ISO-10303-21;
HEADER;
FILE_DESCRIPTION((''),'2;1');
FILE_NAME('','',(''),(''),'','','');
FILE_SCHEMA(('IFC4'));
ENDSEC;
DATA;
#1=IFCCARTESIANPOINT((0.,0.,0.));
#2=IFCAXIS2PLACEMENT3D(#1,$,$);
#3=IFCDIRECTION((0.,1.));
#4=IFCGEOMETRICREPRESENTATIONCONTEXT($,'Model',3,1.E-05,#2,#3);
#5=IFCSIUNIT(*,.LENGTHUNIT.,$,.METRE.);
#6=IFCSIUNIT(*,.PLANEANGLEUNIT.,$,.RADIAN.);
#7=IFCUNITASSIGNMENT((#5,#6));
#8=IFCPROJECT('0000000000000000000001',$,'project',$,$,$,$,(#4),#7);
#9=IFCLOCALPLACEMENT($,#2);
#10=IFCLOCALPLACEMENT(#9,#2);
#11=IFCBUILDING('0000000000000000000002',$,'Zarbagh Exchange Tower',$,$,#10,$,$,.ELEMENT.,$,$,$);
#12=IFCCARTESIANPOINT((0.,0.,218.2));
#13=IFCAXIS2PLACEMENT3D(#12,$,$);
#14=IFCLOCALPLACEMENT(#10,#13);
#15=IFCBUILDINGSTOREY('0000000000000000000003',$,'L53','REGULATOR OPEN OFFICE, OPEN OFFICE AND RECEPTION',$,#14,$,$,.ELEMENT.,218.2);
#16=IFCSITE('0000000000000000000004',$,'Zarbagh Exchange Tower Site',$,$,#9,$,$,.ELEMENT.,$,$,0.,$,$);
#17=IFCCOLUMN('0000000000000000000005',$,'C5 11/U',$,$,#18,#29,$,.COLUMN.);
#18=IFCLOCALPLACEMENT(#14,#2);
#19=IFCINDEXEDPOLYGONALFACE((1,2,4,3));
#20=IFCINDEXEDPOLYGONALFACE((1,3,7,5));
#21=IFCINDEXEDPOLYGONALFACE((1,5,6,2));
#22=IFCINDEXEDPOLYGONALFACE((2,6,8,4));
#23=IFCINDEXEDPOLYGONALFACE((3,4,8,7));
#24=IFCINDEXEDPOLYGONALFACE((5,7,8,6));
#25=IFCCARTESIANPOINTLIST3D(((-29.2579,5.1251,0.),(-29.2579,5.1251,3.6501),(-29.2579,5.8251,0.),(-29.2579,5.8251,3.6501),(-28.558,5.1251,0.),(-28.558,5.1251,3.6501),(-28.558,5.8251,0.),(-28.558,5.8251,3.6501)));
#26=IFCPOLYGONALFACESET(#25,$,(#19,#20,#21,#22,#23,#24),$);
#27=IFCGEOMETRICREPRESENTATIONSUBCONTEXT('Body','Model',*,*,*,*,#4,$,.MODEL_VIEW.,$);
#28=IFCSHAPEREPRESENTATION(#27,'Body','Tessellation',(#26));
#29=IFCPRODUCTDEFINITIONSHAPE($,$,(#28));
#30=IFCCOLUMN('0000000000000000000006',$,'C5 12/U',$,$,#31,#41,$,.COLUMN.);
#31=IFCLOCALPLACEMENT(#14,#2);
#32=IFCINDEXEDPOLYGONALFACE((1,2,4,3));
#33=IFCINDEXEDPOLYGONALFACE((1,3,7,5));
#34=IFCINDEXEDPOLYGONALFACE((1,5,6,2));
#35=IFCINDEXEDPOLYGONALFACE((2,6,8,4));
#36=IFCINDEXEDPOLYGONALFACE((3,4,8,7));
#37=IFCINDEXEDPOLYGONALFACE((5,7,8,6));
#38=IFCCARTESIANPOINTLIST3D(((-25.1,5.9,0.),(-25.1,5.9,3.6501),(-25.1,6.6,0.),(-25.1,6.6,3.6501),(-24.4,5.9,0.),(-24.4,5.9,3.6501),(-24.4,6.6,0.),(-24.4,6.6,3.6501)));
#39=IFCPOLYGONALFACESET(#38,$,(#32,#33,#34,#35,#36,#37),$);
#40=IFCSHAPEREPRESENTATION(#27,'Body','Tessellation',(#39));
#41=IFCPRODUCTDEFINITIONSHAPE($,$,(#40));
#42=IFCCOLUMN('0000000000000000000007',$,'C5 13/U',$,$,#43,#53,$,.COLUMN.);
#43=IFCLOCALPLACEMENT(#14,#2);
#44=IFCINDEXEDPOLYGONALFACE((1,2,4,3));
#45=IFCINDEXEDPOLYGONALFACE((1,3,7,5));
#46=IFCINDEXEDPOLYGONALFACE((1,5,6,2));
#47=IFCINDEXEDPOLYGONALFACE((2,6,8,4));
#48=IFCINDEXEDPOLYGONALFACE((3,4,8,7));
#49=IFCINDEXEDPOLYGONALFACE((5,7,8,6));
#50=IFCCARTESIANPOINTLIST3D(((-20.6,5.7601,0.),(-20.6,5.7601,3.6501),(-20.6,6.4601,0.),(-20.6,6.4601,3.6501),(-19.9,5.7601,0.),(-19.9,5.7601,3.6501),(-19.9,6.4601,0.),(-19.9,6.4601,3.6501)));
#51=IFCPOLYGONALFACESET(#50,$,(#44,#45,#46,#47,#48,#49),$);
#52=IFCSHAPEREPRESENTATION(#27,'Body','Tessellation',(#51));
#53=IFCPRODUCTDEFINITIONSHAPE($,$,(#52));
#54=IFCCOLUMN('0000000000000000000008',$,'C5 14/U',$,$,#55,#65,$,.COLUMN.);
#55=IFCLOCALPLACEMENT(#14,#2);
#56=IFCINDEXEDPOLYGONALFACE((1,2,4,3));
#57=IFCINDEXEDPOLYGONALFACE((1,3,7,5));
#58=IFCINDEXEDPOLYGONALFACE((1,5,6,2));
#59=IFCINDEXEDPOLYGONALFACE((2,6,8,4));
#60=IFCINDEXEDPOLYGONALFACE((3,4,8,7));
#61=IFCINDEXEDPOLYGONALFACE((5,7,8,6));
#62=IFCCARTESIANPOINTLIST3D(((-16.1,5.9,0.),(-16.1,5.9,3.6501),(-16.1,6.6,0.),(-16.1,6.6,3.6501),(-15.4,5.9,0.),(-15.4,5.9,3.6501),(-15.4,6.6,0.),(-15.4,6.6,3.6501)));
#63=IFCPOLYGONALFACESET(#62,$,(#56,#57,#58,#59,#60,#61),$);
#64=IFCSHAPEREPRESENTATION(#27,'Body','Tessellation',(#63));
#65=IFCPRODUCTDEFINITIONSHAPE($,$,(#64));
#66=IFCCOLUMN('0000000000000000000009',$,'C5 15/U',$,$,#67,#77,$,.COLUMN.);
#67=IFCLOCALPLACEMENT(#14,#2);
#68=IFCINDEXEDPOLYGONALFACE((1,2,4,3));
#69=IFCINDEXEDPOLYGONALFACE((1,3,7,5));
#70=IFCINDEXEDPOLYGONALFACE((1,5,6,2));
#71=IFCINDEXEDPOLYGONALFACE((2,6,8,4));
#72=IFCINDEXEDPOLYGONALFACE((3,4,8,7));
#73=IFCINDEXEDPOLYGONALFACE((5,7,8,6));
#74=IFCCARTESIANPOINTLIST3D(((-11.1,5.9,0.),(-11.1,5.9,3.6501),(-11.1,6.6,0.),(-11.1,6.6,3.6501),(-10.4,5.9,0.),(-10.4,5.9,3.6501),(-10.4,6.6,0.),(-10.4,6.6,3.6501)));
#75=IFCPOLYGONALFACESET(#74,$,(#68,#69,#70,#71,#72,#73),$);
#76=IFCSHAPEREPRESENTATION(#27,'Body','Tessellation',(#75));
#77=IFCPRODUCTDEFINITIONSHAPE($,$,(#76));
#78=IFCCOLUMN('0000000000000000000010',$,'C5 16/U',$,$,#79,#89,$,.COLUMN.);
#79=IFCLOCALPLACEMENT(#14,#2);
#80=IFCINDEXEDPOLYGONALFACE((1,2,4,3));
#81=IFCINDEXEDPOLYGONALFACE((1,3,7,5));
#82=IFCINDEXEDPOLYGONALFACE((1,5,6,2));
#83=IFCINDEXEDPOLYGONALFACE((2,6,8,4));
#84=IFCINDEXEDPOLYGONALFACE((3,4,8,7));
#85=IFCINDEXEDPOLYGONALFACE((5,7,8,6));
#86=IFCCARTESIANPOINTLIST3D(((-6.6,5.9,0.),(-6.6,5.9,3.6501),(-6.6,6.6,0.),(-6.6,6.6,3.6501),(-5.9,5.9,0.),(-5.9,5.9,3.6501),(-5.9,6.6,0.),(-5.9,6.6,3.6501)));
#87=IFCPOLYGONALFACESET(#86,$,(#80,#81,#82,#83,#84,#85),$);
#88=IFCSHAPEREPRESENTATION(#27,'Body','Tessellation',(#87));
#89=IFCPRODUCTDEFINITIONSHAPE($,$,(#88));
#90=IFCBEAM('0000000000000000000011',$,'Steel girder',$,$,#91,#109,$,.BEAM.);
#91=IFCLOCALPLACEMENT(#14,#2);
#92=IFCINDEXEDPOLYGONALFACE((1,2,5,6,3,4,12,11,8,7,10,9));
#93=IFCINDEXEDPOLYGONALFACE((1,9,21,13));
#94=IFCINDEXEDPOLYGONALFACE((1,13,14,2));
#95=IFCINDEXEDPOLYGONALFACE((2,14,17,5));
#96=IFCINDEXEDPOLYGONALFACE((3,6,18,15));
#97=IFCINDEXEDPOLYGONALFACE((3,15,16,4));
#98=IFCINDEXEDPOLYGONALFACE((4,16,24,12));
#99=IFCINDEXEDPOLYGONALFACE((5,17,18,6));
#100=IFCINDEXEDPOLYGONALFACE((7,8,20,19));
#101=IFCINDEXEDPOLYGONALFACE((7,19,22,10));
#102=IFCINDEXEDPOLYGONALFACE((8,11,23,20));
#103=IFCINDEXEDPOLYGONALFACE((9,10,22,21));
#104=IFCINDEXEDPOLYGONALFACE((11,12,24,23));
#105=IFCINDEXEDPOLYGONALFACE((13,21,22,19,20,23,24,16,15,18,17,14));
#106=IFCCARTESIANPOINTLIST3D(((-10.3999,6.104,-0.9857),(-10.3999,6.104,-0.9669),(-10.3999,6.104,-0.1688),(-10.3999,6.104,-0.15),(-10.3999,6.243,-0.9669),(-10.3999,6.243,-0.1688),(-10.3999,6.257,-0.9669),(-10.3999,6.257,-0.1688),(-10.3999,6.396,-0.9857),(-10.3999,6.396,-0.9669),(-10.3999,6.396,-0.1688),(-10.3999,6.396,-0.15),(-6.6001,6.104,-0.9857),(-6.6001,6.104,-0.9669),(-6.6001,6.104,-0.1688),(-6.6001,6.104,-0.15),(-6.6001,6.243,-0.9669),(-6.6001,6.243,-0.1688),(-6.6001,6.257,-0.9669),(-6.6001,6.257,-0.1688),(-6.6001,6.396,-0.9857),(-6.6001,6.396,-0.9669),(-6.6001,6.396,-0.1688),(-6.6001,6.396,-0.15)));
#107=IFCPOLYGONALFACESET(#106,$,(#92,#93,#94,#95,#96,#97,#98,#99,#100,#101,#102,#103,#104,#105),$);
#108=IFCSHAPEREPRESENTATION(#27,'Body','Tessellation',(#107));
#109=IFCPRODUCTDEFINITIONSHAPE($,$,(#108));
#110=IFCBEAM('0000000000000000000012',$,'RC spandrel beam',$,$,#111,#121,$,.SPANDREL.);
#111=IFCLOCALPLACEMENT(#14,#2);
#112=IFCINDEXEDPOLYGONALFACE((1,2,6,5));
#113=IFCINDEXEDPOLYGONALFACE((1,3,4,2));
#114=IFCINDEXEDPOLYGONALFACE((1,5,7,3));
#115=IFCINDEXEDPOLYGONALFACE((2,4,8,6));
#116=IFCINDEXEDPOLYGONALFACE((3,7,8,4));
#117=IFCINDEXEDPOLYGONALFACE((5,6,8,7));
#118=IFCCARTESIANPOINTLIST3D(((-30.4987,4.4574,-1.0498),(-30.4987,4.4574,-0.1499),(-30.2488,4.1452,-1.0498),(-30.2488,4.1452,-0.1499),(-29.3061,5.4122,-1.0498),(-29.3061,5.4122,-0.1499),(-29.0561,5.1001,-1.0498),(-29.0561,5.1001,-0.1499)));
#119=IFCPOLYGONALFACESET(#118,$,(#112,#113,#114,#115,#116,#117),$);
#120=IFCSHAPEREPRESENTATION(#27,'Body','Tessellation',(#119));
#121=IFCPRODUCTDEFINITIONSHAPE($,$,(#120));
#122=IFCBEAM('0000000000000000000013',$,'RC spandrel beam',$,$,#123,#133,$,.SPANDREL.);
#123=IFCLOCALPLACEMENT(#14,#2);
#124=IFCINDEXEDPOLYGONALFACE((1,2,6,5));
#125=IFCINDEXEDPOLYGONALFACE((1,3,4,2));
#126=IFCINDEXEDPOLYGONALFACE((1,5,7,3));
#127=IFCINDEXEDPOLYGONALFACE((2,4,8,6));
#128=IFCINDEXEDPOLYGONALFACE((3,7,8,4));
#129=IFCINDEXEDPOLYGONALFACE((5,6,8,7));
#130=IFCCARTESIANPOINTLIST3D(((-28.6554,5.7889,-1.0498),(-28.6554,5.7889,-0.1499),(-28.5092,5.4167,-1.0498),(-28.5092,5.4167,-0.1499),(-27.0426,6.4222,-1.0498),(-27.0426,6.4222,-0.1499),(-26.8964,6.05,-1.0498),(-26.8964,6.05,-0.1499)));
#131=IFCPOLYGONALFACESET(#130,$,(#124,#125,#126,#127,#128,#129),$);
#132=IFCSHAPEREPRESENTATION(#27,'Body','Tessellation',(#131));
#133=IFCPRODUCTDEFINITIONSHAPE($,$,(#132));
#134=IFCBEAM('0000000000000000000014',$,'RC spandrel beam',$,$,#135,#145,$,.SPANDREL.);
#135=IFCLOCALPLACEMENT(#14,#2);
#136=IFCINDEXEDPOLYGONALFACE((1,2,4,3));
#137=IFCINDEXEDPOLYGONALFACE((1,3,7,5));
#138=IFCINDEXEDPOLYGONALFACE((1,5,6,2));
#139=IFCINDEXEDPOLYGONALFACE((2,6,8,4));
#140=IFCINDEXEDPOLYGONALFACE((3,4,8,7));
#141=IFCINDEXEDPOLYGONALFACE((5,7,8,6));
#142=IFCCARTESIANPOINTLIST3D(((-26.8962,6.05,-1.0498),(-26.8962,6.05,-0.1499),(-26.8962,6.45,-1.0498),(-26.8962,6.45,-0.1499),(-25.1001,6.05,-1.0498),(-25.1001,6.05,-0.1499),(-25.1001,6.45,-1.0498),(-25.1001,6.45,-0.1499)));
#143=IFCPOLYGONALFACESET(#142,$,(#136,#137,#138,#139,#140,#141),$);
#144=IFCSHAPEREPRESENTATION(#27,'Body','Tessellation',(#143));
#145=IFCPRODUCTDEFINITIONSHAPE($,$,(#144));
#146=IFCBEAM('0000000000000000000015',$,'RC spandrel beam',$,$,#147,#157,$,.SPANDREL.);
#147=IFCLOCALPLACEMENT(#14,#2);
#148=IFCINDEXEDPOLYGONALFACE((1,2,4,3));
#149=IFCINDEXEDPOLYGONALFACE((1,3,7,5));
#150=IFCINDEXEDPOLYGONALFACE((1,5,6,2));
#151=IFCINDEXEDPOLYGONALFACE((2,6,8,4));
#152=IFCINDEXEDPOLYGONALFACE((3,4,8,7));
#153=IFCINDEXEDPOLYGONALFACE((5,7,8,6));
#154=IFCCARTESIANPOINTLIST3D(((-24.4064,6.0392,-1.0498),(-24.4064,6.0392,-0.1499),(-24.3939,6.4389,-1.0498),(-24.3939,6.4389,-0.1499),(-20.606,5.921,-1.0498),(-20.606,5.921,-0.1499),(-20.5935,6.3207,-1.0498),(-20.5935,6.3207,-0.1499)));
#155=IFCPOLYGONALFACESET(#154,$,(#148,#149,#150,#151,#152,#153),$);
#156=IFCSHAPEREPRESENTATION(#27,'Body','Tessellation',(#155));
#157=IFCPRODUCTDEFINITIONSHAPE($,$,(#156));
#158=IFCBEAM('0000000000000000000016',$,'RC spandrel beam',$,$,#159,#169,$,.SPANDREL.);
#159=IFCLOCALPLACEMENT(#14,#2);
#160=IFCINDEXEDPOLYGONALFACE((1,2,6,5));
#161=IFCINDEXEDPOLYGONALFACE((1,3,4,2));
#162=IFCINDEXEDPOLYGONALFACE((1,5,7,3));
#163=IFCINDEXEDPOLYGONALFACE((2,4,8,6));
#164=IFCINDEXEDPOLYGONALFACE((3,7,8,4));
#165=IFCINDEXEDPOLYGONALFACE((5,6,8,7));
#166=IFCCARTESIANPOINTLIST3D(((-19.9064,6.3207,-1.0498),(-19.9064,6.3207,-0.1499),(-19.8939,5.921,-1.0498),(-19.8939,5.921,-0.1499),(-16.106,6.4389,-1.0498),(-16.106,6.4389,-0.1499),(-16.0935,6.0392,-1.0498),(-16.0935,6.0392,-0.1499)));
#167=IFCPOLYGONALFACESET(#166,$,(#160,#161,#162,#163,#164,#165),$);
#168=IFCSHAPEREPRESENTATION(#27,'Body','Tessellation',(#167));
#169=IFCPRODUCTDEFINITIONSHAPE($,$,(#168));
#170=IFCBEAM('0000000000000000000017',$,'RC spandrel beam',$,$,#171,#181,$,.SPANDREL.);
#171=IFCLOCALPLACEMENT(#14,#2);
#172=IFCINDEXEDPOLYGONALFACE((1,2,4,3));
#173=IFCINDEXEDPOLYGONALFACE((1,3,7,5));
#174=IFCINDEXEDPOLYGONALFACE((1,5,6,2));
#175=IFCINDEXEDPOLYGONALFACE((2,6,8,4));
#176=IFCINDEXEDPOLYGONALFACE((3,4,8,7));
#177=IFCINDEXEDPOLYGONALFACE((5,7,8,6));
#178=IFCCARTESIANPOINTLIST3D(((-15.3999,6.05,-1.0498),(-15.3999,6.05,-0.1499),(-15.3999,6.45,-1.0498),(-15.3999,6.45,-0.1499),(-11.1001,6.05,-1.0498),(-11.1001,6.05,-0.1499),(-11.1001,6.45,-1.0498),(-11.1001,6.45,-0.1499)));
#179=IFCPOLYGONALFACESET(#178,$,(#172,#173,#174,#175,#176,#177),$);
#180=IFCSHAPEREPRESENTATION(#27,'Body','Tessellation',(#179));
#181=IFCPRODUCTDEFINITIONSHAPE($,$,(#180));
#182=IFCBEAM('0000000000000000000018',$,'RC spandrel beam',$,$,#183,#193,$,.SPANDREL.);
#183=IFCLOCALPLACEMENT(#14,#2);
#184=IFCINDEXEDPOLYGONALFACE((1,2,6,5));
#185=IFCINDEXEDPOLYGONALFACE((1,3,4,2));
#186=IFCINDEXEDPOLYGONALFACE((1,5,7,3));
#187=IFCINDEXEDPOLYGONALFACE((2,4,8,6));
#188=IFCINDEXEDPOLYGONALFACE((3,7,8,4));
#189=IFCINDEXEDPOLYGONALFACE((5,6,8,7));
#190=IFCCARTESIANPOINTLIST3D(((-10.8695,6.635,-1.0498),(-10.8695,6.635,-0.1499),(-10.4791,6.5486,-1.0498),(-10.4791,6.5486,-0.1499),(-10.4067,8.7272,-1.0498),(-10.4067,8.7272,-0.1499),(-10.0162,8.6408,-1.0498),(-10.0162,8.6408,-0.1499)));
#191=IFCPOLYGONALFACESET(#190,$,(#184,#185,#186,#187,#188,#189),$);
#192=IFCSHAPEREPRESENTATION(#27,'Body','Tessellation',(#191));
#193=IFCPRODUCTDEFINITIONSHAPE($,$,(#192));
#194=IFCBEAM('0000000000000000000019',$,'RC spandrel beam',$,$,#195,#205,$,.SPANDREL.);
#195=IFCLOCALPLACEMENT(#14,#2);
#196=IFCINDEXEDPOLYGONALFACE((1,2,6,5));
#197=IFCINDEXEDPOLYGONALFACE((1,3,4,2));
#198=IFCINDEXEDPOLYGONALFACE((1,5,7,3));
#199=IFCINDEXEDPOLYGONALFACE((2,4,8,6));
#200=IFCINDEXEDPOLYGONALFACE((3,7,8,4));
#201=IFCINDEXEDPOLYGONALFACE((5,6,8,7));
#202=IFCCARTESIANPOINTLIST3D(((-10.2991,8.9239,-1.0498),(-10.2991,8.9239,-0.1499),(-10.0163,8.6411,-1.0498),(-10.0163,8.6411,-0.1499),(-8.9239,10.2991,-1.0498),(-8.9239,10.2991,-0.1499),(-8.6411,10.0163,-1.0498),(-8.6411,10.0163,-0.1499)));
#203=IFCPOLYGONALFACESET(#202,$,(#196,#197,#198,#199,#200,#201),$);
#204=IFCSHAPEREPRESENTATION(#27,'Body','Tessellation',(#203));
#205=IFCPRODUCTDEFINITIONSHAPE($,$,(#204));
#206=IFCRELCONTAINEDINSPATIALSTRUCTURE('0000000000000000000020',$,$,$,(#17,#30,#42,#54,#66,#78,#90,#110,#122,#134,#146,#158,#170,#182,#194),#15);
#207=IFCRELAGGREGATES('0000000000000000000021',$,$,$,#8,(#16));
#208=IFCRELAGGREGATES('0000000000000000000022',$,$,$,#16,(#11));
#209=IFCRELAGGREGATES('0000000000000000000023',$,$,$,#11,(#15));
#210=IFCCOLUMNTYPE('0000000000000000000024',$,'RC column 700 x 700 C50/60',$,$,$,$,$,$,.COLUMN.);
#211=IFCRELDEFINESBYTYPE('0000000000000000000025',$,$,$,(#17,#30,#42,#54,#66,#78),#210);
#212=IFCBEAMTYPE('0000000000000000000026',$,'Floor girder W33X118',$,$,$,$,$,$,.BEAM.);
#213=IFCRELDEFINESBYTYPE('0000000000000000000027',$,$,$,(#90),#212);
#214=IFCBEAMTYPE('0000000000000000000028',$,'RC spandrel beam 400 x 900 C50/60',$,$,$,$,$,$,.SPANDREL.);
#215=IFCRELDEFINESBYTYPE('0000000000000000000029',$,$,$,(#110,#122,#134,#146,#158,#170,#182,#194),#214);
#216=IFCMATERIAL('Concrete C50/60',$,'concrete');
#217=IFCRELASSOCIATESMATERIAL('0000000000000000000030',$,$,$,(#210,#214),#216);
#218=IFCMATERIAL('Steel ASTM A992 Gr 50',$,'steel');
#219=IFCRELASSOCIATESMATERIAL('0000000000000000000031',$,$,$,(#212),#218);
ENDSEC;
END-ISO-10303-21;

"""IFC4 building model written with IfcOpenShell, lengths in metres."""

from ifc_helpers import new_model, si_unit, direction, frame, origin, origin_2d, place, context, subcontext, project, spatial, rectangle, i_section, extrude, material, material_profile, profile_set, type_object, element, save


model = new_model("IFC4")

# Units and contexts
model_context = context("Model", 3, precision=1e-05, world=origin(), true_north=direction((0.0, 1.0)))
body_context = subcontext(model_context, "Body", "Model", "MODEL_VIEW")
ifc_project = project(units=[si_unit("LENGTHUNIT", "METRE"), si_unit("PLANEANGLEUNIT", "RADIAN")], contexts=[model_context])

# Site, building, storey
site_placement = place(None, origin())
site = spatial("IfcSite", under=ifc_project, at=site_placement, Name="Zarbagh Exchange Tower Site", CompositionType="ELEMENT", RefElevation=0.0)
building_placement = place(site_placement, origin())
building = spatial("IfcBuilding", under=site, at=building_placement, Name="Zarbagh Exchange Tower", CompositionType="ELEMENT")
storey_placement = place(building_placement, frame((0.0, 0.0, 218.2)))
storey = spatial("IfcBuildingStorey", under=building, at=storey_placement, Name="L53", Description="REGULATOR OPEN OFFICE, OPEN OFFICE AND RECEPTION", CompositionType="ELEMENT", Elevation=218.2)

# Columns
ifc_material_1 = material(Name="Concrete C50/60", Category="concrete")
ifc_material_profile_1 = material_profile(ifc_material_1, rectangle(XDim=0.7, YDim=0.7, at=origin_2d()), Name="RC column 700 x 700 C50/60")
ifc_profile_set_1 = profile_set([ifc_material_profile_1], Name="Concrete C50/60")
column_type = type_object("IfcColumnType", Name="RC column 700 x 700 C50/60", PredefinedType="COLUMN", material=ifc_profile_set_1)
for number, where, z_axis, x_axis, name in (
    (1, (-28.908, 5.4751, 0.0), (0.0, 0.0, 1.0), (1.0, 0.0, 0.0), "C5 11/U"),
    (2, (-24.75, 6.25, 0.0), (0.0, 0.0, 1.0), (1.0, 0.0, 0.0), "C5 12/U"),
    (3, (-20.25, 6.1101, 0.0), (0.0, 0.0, 1.0), (1.0, 0.0, 0.0), "C5 13/U"),
    (4, (-15.75, 6.25, 0.0), (0.0, 0.0, 1.0), (1.0, 0.0, 0.0), "C5 14/U"),
    (5, (-10.75, 6.25, 0.0), (0.0, 0.0, 1.0), (1.0, 0.0, 0.0), "C5 15/U"),
    (6, (-6.25, 6.25, 0.0), (0.0, 0.0, 1.0), (1.0, 0.0, 0.0), "C5 16/U"),
):
    element("IfcColumn", number, at=place(storey_placement, frame(where, z_axis=z_axis, x_axis=x_axis)), inside=storey, type_object=column_type, Name=name, PredefinedType="COLUMN", context=body_context, shape_type="SweptSolid", body=[
        extrude(rectangle(XDim=0.7, YDim=0.7, at=origin_2d()), origin(), (0.0, 0.0, 1.0), 3.6501),
    ])

# Beams
ifc_material_2 = material(Name="Steel ASTM A992 Gr 50", Category="steel")
ifc_material_profile_2 = material_profile(ifc_material_2, i_section(OverallWidth=0.292, OverallDepth=0.8357, WebThickness=0.0139, FlangeThickness=0.0188, at=origin_2d()), Name="W33X118")
ifc_profile_set_2 = profile_set([ifc_material_profile_2], Name="Steel ASTM A992 Gr 50")
beam_type_1 = type_object("IfcBeamType", Name="Floor girder W33X118", PredefinedType="BEAM", material=ifc_profile_set_2)
beam_1_placement = place(storey_placement, frame((-10.3999, 6.25, -0.5679), z_axis=(1.0, 0.0, 0.0), x_axis=(0.0, 1.0, 0.0)))
element("IfcBeam", 7, at=beam_1_placement, inside=storey, type_object=beam_type_1, Name="Steel girder", PredefinedType="BEAM", context=body_context, shape_type="SweptSolid", body=[
    extrude(i_section(OverallWidth=0.292, OverallDepth=0.8357, WebThickness=0.0139, FlangeThickness=0.0188, at=origin_2d()), origin(), (0.0, 0.0, 1.0), 3.7998),
])
ifc_material_profile_3 = material_profile(ifc_material_1, rectangle(XDim=0.3999, YDim=0.8999, at=origin_2d()), Name="RC spandrel beam 400 x 900 C50/60")
ifc_profile_set_3 = profile_set([ifc_material_profile_3], Name="Concrete C50/60")
beam_type_2 = type_object("IfcBeamType", Name="RC spandrel beam 400 x 900 C50/60", PredefinedType="SPANDREL", material=ifc_profile_set_3)
beam_2_placement = place(storey_placement, frame((-30.3738, 4.3013, -0.5999), z_axis=(0.780635, 0.624987, 0.0), x_axis=(-0.624987, 0.780635, 0.0)))
element("IfcBeam", 8, at=beam_2_placement, inside=storey, type_object=beam_type_2, Name="RC spandrel beam", PredefinedType="SPANDREL", context=body_context, shape_type="SweptSolid", body=[
    extrude(rectangle(XDim=0.3999, YDim=0.8999, at=origin_2d()), origin(), (0.0, 0.0, 1.0), 1.5278),
])
beam_3_placement = place(storey_placement, frame((-28.5823, 5.6028, -0.5999), z_axis=(0.93081, 0.365504, 0.0), x_axis=(-0.365504, 0.93081, 0.0)))
element("IfcBeam", 9, at=beam_3_placement, inside=storey, type_object=beam_type_2, Name="RC spandrel beam", PredefinedType="SPANDREL", context=body_context, shape_type="SweptSolid", body=[
    extrude(rectangle(XDim=0.3999, YDim=0.8999, at=origin_2d()), origin(), (0.0, 0.0, 1.0), 1.7327),
])
beam_4_placement = place(storey_placement, frame((-26.8962, 6.25, -0.5999), z_axis=(1.0, 0.0, 0.0), x_axis=(0.0, 1.0, 0.0)))
element("IfcBeam", 10, at=beam_4_placement, inside=storey, type_object=beam_type_2, Name="RC spandrel beam", PredefinedType="SPANDREL", context=body_context, shape_type="SweptSolid", body=[
    extrude(rectangle(XDim=0.3999, YDim=0.8999, at=origin_2d()), origin(), (0.0, 0.0, 1.0), 1.7961),
])
for number, where, z_axis, x_axis, name in (
    (11, (-24.4001, 6.239, -0.5999), (0.999517, -0.031078, 0.0), (0.031078, 0.999517, 0.0), "RC spandrel beam"),
    (12, (-19.9001, 6.1208, -0.5999), (0.999517, 0.031078, 0.0), (-0.031078, 0.999517, 0.0), "RC spandrel beam"),
):
    element("IfcBeam", number, at=place(storey_placement, frame(where, z_axis=z_axis, x_axis=x_axis)), inside=storey, type_object=beam_type_2, Name=name, PredefinedType="SPANDREL", context=body_context, shape_type="SweptSolid", body=[
        extrude(rectangle(XDim=0.3999, YDim=0.8999, at=origin_2d()), origin(), (0.0, 0.0, 1.0), 3.8022),
    ])
beam_5_placement = place(storey_placement, frame((-15.3999, 6.25, -0.5999), z_axis=(1.0, 0.0, 0.0), x_axis=(0.0, 1.0, 0.0)))
element("IfcBeam", 13, at=beam_5_placement, inside=storey, type_object=beam_type_2, Name="RC spandrel beam", PredefinedType="SPANDREL", context=body_context, shape_type="SweptSolid", body=[
    extrude(rectangle(XDim=0.3999, YDim=0.8999, at=origin_2d()), origin(), (0.0, 0.0, 1.0), 4.2998),
])
beam_6_placement = place(storey_placement, frame((-10.6743, 6.5918, -0.5999), z_axis=(0.216014, 0.97639, 0.0), x_axis=(-0.97639, 0.216014, 0.0)))
element("IfcBeam", 14, at=beam_6_placement, inside=storey, type_object=beam_type_2, Name="RC spandrel beam", PredefinedType="SPANDREL", context=body_context, shape_type="SweptSolid", body=[
    extrude(rectangle(XDim=0.3999, YDim=0.8999, at=origin_2d()), origin(), (0.0, 0.0, 1.0), 2.1428),
])
beam_7_placement = place(storey_placement, frame((-10.1577, 8.7825, -0.5999), z_axis=(0.707107, 0.707107, 0.0), x_axis=(-0.707107, 0.707107, 0.0)))
element("IfcBeam", 15, at=beam_7_placement, inside=storey, type_object=beam_type_2, Name="RC spandrel beam", PredefinedType="SPANDREL", context=body_context, shape_type="SweptSolid", body=[
    extrude(rectangle(XDim=0.3999, YDim=0.8999, at=origin_2d()), origin(), (0.0, 0.0, 1.0), 1.9448),
])

save(model, "model.ifc")
